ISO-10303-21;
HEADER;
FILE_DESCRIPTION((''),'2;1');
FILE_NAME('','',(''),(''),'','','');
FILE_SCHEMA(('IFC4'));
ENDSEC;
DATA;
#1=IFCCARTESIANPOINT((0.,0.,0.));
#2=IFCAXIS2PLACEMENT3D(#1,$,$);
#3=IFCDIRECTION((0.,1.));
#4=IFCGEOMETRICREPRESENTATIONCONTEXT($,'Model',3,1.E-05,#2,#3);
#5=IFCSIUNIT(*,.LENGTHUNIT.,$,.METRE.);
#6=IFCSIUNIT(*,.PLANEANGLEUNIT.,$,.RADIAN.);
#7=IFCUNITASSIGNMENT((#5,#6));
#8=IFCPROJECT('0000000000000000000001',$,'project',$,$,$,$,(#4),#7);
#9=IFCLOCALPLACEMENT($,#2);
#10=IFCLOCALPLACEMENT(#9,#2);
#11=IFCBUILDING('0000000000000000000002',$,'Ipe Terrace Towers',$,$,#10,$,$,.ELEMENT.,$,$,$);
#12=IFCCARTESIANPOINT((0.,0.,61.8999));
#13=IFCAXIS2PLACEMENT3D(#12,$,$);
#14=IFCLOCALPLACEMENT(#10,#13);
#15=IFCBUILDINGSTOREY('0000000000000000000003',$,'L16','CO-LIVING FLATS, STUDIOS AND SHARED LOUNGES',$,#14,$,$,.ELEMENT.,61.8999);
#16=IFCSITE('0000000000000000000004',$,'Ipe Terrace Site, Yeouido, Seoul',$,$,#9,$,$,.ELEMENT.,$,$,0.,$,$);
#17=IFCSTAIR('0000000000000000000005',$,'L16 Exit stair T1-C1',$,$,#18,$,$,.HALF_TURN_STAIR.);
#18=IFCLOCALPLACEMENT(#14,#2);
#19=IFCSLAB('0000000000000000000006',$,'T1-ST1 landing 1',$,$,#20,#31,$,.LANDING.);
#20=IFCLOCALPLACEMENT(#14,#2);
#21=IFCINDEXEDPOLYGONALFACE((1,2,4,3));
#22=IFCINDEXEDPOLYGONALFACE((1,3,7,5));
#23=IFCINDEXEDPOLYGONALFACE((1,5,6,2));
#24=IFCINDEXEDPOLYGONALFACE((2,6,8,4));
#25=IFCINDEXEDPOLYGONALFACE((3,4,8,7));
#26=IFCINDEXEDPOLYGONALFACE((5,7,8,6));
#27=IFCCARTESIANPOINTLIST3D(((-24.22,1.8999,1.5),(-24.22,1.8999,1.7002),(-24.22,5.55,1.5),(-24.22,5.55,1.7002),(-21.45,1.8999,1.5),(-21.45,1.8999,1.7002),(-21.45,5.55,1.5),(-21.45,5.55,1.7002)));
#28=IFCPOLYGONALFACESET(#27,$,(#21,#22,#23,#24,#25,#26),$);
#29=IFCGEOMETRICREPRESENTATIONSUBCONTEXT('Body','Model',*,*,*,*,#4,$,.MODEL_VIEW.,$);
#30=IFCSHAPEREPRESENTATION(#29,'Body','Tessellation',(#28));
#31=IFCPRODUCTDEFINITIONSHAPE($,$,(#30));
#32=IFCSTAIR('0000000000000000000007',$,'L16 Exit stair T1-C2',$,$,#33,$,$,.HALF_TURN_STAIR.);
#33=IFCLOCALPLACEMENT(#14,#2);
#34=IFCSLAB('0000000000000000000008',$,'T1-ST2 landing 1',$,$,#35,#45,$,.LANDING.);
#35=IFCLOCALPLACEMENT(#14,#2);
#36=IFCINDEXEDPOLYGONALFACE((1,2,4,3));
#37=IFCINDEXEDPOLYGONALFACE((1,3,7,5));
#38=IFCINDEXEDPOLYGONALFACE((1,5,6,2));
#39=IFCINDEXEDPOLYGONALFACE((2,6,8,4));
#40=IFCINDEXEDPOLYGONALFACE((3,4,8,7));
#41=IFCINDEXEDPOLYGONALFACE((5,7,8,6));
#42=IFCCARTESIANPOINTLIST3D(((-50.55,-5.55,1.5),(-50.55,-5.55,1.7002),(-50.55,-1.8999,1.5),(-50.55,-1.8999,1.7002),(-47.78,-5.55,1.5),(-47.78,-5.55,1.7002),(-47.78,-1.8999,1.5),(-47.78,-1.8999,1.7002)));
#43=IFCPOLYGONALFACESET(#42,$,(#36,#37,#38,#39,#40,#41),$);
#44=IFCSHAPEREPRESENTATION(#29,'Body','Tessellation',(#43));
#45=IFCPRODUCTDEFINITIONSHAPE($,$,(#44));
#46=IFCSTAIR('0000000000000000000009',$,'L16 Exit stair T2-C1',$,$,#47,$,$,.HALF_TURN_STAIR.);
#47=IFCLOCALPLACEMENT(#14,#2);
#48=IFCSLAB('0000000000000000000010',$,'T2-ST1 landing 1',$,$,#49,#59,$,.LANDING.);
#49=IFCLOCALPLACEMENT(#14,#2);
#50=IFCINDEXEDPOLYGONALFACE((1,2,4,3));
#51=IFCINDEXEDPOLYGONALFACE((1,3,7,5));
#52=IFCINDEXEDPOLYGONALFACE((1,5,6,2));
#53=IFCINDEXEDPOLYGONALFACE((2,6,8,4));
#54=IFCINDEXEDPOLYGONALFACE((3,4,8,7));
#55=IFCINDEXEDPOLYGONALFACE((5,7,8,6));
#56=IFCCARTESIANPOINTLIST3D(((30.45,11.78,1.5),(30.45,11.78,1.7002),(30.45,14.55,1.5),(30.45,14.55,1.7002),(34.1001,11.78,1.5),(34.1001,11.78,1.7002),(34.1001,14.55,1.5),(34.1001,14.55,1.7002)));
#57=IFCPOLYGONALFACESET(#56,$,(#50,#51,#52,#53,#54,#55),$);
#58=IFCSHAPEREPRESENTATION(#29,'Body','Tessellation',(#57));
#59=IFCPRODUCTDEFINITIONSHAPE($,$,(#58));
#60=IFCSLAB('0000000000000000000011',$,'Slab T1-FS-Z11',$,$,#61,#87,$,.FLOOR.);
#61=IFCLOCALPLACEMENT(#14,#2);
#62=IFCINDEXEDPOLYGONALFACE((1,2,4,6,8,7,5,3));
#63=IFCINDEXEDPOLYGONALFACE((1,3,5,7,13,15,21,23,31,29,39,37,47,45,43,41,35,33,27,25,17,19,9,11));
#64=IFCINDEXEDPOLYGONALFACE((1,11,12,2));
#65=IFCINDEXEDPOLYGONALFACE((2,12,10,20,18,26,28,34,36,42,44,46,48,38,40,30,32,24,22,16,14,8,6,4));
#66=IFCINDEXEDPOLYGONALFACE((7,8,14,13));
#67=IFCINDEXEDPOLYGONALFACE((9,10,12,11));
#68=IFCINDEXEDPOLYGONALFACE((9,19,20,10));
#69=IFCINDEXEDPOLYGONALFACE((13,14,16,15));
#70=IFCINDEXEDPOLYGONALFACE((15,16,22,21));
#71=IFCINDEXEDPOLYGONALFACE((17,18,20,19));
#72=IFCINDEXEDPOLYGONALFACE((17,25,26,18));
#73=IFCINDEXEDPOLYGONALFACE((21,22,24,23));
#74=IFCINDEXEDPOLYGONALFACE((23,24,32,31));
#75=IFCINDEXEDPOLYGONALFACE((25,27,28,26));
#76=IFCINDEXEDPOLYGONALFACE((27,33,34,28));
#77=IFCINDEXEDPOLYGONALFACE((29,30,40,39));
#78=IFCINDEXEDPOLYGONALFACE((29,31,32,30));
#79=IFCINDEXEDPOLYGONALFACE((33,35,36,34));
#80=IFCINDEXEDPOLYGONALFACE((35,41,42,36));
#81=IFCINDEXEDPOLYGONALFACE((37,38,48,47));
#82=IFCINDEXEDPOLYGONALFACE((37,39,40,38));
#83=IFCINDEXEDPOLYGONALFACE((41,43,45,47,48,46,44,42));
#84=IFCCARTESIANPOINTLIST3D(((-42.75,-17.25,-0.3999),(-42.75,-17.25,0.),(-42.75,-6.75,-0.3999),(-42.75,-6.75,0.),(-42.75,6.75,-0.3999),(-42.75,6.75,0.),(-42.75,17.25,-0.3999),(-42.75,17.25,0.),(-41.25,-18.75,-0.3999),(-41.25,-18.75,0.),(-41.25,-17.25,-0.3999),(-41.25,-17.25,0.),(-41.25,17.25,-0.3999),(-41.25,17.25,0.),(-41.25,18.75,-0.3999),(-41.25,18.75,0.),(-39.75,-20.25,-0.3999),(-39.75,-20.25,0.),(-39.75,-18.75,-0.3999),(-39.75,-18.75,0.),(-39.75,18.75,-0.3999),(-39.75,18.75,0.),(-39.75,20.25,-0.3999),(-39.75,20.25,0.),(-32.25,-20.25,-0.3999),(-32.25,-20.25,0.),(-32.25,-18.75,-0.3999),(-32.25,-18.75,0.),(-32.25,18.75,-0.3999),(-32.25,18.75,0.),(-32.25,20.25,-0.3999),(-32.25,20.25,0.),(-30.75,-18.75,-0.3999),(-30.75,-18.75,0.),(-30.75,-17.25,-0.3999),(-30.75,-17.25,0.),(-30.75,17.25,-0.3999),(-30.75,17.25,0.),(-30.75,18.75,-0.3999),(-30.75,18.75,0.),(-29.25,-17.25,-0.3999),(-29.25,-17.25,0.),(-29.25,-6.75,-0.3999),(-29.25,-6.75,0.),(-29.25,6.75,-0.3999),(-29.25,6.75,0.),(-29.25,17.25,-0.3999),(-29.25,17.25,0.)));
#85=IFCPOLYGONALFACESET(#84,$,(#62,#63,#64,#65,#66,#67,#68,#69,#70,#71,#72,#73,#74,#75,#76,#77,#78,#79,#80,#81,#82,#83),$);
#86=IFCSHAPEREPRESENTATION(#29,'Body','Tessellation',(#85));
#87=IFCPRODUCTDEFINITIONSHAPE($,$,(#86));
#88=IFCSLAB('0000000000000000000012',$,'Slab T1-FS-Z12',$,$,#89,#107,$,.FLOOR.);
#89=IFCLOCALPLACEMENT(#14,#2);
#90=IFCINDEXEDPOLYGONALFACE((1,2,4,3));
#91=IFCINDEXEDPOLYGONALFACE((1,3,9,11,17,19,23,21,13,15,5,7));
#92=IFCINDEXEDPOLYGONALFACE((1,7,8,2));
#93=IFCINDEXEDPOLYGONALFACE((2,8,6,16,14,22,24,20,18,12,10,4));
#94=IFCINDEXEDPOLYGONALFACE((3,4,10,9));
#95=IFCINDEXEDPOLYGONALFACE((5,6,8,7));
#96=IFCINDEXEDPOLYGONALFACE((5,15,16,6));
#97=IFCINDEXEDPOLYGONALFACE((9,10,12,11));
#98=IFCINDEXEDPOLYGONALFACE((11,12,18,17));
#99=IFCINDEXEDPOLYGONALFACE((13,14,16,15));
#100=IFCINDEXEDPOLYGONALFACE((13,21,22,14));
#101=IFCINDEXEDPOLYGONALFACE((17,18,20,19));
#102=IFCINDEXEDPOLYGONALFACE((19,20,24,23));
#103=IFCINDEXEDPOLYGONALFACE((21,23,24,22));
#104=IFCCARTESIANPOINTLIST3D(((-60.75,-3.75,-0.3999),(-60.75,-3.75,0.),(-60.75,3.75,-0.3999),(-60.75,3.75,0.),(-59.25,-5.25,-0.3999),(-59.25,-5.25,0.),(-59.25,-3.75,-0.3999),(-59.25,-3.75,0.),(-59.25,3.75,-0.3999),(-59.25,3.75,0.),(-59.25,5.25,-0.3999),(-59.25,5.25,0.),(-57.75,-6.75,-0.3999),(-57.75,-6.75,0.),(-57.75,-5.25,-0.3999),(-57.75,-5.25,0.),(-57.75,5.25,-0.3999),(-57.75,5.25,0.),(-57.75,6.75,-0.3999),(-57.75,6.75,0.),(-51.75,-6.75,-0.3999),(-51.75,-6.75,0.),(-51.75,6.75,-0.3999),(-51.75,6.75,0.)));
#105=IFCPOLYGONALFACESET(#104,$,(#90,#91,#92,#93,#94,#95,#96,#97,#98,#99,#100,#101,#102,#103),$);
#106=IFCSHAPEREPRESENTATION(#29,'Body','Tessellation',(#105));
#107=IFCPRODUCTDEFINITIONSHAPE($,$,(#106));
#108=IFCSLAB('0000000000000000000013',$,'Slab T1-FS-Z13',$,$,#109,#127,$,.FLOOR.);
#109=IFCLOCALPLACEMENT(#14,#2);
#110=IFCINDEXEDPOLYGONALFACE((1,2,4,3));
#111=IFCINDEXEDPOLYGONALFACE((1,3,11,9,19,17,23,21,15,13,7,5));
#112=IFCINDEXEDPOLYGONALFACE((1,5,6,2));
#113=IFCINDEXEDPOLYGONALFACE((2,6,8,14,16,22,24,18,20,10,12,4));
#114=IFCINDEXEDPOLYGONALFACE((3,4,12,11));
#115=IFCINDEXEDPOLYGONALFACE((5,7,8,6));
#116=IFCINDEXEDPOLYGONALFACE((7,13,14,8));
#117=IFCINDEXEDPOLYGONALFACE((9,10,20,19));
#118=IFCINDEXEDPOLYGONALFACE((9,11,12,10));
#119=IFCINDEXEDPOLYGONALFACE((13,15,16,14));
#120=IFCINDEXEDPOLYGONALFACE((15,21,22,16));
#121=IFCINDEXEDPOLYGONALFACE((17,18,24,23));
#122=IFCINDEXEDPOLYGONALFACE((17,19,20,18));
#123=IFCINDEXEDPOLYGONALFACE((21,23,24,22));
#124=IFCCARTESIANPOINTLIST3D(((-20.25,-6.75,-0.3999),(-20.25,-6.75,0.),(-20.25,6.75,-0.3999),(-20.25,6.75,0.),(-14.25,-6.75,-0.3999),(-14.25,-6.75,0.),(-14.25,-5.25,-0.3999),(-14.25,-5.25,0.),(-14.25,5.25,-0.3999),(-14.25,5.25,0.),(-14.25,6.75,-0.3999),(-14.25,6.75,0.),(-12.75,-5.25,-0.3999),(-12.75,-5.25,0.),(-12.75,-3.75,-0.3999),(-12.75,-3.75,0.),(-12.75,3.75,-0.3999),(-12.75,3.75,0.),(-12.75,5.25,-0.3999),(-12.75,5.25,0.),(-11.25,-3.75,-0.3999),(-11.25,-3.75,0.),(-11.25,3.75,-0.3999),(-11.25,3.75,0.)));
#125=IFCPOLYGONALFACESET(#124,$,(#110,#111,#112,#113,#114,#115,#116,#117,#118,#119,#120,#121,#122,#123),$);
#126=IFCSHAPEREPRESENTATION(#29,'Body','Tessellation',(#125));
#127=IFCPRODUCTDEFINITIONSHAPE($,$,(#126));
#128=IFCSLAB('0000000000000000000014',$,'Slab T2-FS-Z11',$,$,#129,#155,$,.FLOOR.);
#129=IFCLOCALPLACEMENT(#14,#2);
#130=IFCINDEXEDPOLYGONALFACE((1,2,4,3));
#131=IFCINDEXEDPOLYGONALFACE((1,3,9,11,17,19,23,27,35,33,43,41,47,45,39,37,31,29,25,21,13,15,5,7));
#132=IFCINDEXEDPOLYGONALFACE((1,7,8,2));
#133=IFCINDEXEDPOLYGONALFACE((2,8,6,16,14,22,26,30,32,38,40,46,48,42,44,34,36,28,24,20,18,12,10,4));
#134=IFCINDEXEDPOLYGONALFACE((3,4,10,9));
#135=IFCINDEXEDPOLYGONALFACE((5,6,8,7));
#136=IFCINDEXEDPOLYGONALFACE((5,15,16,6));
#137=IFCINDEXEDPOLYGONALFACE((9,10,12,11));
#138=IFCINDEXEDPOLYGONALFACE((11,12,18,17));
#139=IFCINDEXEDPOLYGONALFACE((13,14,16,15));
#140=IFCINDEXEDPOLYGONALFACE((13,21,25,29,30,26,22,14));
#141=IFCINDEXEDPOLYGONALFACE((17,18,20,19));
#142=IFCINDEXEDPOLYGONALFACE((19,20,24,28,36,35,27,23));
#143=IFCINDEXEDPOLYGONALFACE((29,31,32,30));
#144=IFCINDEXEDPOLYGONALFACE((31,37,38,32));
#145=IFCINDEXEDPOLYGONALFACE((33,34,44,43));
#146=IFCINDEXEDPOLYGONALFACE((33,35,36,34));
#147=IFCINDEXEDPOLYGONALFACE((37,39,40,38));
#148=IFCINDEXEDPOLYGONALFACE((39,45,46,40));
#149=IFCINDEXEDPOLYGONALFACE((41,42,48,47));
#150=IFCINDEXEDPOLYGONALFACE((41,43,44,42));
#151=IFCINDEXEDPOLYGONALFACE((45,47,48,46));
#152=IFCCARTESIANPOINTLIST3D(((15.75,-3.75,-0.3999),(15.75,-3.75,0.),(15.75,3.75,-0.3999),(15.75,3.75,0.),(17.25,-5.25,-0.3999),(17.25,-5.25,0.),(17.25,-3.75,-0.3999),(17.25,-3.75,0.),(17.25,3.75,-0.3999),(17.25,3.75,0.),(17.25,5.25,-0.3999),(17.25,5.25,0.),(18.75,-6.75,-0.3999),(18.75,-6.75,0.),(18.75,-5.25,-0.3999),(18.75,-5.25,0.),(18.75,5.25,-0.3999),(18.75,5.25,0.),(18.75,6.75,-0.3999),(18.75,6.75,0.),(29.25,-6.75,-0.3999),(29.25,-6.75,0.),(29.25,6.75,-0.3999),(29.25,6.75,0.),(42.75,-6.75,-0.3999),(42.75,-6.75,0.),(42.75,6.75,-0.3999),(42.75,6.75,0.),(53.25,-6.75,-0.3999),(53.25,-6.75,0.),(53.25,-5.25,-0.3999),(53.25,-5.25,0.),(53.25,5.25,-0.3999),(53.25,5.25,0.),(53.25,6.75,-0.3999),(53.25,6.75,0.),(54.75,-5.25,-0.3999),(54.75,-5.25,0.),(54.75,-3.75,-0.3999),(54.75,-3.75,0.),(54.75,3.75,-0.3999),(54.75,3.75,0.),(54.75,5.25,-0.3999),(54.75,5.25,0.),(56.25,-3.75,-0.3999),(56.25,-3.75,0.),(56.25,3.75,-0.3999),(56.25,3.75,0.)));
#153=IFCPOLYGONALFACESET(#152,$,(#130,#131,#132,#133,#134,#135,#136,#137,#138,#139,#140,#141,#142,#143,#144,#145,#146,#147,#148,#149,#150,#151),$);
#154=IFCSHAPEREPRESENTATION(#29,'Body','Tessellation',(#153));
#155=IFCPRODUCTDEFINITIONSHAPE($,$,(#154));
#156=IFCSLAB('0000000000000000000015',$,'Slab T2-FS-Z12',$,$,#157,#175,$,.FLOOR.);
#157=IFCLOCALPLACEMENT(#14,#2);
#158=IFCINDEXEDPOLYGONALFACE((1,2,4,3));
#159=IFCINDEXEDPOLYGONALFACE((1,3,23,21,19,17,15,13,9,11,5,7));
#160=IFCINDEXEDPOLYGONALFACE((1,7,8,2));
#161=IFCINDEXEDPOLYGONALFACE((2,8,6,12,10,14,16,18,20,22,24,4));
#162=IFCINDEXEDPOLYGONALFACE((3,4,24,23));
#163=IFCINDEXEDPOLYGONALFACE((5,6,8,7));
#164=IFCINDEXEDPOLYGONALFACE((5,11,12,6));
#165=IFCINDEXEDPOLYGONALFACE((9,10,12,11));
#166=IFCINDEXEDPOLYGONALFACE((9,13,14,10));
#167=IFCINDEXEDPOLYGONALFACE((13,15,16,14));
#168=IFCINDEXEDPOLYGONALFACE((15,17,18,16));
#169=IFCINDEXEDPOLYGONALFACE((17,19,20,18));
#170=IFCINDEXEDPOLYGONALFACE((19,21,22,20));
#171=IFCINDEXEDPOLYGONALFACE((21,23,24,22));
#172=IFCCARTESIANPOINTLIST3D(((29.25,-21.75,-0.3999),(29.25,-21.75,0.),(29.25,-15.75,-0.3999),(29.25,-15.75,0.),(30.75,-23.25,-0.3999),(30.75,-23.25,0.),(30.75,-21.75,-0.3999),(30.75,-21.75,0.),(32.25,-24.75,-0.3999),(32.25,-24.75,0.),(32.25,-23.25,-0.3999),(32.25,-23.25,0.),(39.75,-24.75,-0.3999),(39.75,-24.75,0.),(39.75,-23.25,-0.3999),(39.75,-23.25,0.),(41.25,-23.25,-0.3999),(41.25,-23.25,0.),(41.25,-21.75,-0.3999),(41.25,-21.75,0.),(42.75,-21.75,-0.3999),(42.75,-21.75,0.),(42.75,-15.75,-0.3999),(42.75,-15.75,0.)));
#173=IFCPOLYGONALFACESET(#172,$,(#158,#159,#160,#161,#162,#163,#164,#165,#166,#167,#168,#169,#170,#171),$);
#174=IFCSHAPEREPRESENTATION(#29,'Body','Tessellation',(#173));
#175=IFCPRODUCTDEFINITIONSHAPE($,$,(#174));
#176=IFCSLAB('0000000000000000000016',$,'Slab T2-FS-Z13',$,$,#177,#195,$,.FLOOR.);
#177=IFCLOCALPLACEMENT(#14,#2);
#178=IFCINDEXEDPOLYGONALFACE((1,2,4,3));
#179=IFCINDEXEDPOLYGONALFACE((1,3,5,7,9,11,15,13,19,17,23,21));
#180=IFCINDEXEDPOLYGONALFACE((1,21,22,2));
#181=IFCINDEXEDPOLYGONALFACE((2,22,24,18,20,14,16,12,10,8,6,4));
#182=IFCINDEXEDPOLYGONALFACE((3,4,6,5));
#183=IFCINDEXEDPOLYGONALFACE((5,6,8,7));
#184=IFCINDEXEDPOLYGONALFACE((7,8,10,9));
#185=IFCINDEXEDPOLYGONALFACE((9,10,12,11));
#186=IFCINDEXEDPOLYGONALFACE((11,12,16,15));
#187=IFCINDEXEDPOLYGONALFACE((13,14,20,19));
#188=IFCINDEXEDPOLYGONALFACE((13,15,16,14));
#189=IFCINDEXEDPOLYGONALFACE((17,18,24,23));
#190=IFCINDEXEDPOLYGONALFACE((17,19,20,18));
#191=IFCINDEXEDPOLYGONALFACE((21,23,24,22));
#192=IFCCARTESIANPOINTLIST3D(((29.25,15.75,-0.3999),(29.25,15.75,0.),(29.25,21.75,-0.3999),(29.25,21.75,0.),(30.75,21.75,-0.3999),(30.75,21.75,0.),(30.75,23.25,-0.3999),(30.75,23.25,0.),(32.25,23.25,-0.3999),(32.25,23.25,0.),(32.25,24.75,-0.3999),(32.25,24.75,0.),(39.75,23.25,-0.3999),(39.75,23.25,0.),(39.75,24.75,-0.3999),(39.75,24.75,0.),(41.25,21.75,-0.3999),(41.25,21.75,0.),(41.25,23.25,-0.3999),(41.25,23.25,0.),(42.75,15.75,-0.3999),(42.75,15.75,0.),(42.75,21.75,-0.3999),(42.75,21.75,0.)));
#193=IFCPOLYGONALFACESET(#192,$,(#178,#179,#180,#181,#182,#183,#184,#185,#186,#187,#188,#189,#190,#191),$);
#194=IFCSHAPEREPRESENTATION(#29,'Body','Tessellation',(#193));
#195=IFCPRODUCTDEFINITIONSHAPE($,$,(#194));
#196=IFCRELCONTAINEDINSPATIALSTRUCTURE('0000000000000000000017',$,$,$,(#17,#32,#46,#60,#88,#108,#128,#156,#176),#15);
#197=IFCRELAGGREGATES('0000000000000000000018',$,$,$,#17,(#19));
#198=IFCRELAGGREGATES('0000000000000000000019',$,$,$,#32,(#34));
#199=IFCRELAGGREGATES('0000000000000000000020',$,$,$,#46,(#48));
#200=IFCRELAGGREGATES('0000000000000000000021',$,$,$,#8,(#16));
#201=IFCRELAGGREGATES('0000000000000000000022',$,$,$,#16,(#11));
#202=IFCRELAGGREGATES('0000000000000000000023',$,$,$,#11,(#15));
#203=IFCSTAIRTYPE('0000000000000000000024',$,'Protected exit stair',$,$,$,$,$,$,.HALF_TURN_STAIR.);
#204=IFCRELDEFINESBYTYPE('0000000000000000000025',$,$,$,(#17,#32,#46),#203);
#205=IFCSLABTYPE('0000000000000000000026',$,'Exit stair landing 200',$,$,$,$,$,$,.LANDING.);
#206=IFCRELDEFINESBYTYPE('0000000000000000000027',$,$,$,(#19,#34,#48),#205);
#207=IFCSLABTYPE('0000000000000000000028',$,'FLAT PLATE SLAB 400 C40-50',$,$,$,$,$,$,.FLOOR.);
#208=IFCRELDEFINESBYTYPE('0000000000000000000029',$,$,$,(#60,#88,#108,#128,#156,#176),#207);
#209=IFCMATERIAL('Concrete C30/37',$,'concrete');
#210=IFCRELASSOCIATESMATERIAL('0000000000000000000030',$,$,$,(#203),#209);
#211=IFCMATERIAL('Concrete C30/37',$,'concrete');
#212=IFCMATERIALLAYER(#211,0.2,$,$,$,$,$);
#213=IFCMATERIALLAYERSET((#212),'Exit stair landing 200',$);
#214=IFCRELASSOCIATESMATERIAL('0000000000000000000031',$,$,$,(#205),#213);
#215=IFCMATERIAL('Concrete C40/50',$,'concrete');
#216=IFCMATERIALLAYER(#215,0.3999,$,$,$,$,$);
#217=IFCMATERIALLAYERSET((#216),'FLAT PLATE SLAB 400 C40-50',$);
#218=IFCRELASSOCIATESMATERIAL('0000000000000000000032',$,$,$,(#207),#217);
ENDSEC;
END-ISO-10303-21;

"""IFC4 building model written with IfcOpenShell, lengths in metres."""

from ifc_helpers import new_model, si_unit, direction, frame, origin, place, context, subcontext, project, spatial, polyline, outline, extrude, material, layer, layer_set, type_object, element, aggregate, save


model = new_model("IFC4")

# Units and contexts
model_context = context("Model", 3, precision=1e-05, world=origin(), true_north=direction((0.0, 1.0)))
body_context = subcontext(model_context, "Body", "Model", "MODEL_VIEW")
ifc_project = project(units=[si_unit("LENGTHUNIT", "METRE"), si_unit("PLANEANGLEUNIT", "RADIAN")], contexts=[model_context])

# Site, building, storey
site_placement = place(None, origin())
site = spatial("IfcSite", under=ifc_project, at=site_placement, Name="Ipe Terrace Site, Yeouido, Seoul", CompositionType="ELEMENT", RefElevation=0.0)
building_placement = place(site_placement, origin())
building = spatial("IfcBuilding", under=site, at=building_placement, Name="Ipe Terrace Towers", CompositionType="ELEMENT")
storey_placement = place(building_placement, frame((0.0, 0.0, 61.8999)))
storey = spatial("IfcBuildingStorey", under=building, at=storey_placement, Name="L16", Description="CO-LIVING FLATS, STUDIOS AND SHARED LOUNGES", CompositionType="ELEMENT", Elevation=61.8999)

# Stairs, slabs
ifc_material_1 = material(Name="Concrete C30/37", Category="concrete")
stair_type = type_object("IfcStairType", Name="Protected exit stair", PredefinedType="HALF_TURN_STAIR", material=ifc_material_1)
stair_1_placement = place(storey_placement, origin())
stair_1 = element("IfcStair", 1, at=stair_1_placement, inside=storey, type_object=stair_type, Name="L16 Exit stair T1-C1", PredefinedType="HALF_TURN_STAIR")
ifc_material_2 = material(Name="Concrete C30/37", Category="concrete")
ifc_layer_1 = layer(ifc_material_2, 0.2)
ifc_layer_set_1 = layer_set([ifc_layer_1], Name="Exit stair landing 200")
slab_type_1 = type_object("IfcSlabType", Name="Exit stair landing 200", PredefinedType="LANDING", material=ifc_layer_set_1)
slab_1_placement = place(storey_placement, frame((0.0, 0.0, 1.5)))
slab_1 = element("IfcSlab", 2, at=slab_1_placement, type_object=slab_type_1, Name="T1-ST1 landing 1", PredefinedType="LANDING", context=body_context, shape_type="SweptSolid", body=[
    extrude(outline(polyline([(-24.22, 1.8999), (-21.45, 1.8999), (-21.45, 5.55), (-24.22, 5.55), (-24.22, 1.8999)])), origin(), (0.0, 0.0, 1.0), 0.2002),
])
aggregate(stair_1, [slab_1])
stair_2_placement = place(storey_placement, origin())
stair_2 = element("IfcStair", 3, at=stair_2_placement, inside=storey, type_object=stair_type, Name="L16 Exit stair T1-C2", PredefinedType="HALF_TURN_STAIR")
slab_2_placement = place(storey_placement, frame((0.0, 0.0, 1.5)))
slab_2 = element("IfcSlab", 4, at=slab_2_placement, type_object=slab_type_1, Name="T1-ST2 landing 1", PredefinedType="LANDING", context=body_context, shape_type="SweptSolid", body=[
    extrude(outline(polyline([(-47.78, -1.8999), (-50.55, -1.8999), (-50.55, -5.55), (-47.78, -5.55), (-47.78, -1.8999)])), origin(), (0.0, 0.0, 1.0), 0.2002),
])
aggregate(stair_2, [slab_2])
stair_3_placement = place(storey_placement, origin())
stair_3 = element("IfcStair", 5, at=stair_3_placement, inside=storey, type_object=stair_type, Name="L16 Exit stair T2-C1", PredefinedType="HALF_TURN_STAIR")
slab_3_placement = place(storey_placement, frame((0.0, 0.0, 1.5)))
slab_3 = element("IfcSlab", 6, at=slab_3_placement, type_object=slab_type_1, Name="T2-ST1 landing 1", PredefinedType="LANDING", context=body_context, shape_type="SweptSolid", body=[
    extrude(outline(polyline([(34.1001, 11.78), (34.1001, 14.55), (30.45, 14.55), (30.45, 11.78), (34.1001, 11.78)])), origin(), (0.0, 0.0, 1.0), 0.2002),
])
aggregate(stair_3, [slab_3])

# Slabs
ifc_material_3 = material(Name="Concrete C40/50", Category="concrete")
ifc_layer_2 = layer(ifc_material_3, 0.3999)
ifc_layer_set_2 = layer_set([ifc_layer_2], Name="FLAT PLATE SLAB 400 C40-50")
slab_type_2 = type_object("IfcSlabType", Name="FLAT PLATE SLAB 400 C40-50", PredefinedType="FLOOR", material=ifc_layer_set_2)
slab_4_placement = place(storey_placement, frame((0.0, 0.0, -0.3999)))
element("IfcSlab", 7, at=slab_4_placement, inside=storey, type_object=slab_type_2, Name="Slab T1-FS-Z11", PredefinedType="FLOOR", context=body_context, shape_type="SweptSolid", body=[
    extrude(outline(polyline([(-30.75, -17.25), (-30.75, -18.75), (-32.25, -18.75), (-32.25, -20.25), (-39.75, -20.25), (-39.75, -18.75), (-41.25, -18.75), (-41.25, -17.25), (-42.75, -17.25), (-42.75, -6.75), (-42.75, 6.75), (-42.75, 17.25), (-41.25, 17.25), (-41.25, 18.75), (-39.75, 18.75), (-39.75, 20.25), (-32.25, 20.25), (-32.25, 18.75), (-30.75, 18.75), (-30.75, 17.25), (-29.25, 17.25), (-29.25, 6.75), (-29.25, -6.75), (-29.25, -17.25), (-30.75, -17.25)])), origin(), (0.0, 0.0, 1.0), 0.3999),
])
slab_5_placement = place(storey_placement, frame((0.0, 0.0, -0.3999)))
element("IfcSlab", 8, at=slab_5_placement, inside=storey, type_object=slab_type_2, Name="Slab T1-FS-Z12", PredefinedType="FLOOR", context=body_context, shape_type="SweptSolid", body=[
    extrude(outline(polyline([(-57.75, -6.75), (-57.75, -5.25), (-59.25, -5.25), (-59.25, -3.75), (-60.75, -3.75), (-60.75, 3.75), (-59.25, 3.75), (-59.25, 5.25), (-57.75, 5.25), (-57.75, 6.75), (-51.75, 6.75), (-51.75, -6.75), (-57.75, -6.75)])), origin(), (0.0, 0.0, 1.0), 0.3999),
])
slab_6_placement = place(storey_placement, frame((0.0, 0.0, -0.3999)))
element("IfcSlab", 9, at=slab_6_placement, inside=storey, type_object=slab_type_2, Name="Slab T1-FS-Z13", PredefinedType="FLOOR", context=body_context, shape_type="SweptSolid", body=[
    extrude(outline(polyline([(-14.25, 5.25), (-12.75, 5.25), (-12.75, 3.75), (-11.25, 3.75), (-11.25, -3.75), (-12.75, -3.75), (-12.75, -5.25), (-14.25, -5.25), (-14.25, -6.75), (-20.25, -6.75), (-20.25, 6.75), (-14.25, 6.75), (-14.25, 5.25)])), origin(), (0.0, 0.0, 1.0), 0.3999),
])
slab_7_placement = place(storey_placement, frame((0.0, 0.0, -0.3999)))
element("IfcSlab", 10, at=slab_7_placement, inside=storey, type_object=slab_type_2, Name="Slab T2-FS-Z11", PredefinedType="FLOOR", context=body_context, shape_type="SweptSolid", body=[
    extrude(outline(polyline([(53.25, 5.25), (54.75, 5.25), (54.75, 3.75), (56.25, 3.75), (56.25, -3.75), (54.75, -3.75), (54.75, -5.25), (53.25, -5.25), (53.25, -6.75), (42.75, -6.75), (29.25, -6.75), (18.75, -6.75), (18.75, -5.25), (17.25, -5.25), (17.25, -3.75), (15.75, -3.75), (15.75, 3.75), (17.25, 3.75), (17.25, 5.25), (18.75, 5.25), (18.75, 6.75), (29.25, 6.75), (42.75, 6.75), (53.25, 6.75), (53.25, 5.25)])), origin(), (0.0, 0.0, 1.0), 0.3999),
])
slab_8_placement = place(storey_placement, frame((0.0, 0.0, -0.3999)))
element("IfcSlab", 11, at=slab_8_placement, inside=storey, type_object=slab_type_2, Name="Slab T2-FS-Z12", PredefinedType="FLOOR", context=body_context, shape_type="SweptSolid", body=[
    extrude(outline(polyline([(42.75, -21.75), (41.25, -21.75), (41.25, -23.25), (39.75, -23.25), (39.75, -24.75), (32.25, -24.75), (32.25, -23.25), (30.75, -23.25), (30.75, -21.75), (29.25, -21.75), (29.25, -15.75), (42.75, -15.75), (42.75, -21.75)])), origin(), (0.0, 0.0, 1.0), 0.3999),
])
slab_9_placement = place(storey_placement, frame((0.0, 0.0, -0.3999)))
element("IfcSlab", 12, at=slab_9_placement, inside=storey, type_object=slab_type_2, Name="Slab T2-FS-Z13", PredefinedType="FLOOR", context=body_context, shape_type="SweptSolid", body=[
    extrude(outline(polyline([(30.75, 21.75), (30.75, 23.25), (32.25, 23.25), (32.25, 24.75), (39.75, 24.75), (39.75, 23.25), (41.25, 23.25), (41.25, 21.75), (42.75, 21.75), (42.75, 15.75), (29.25, 15.75), (29.25, 21.75), (30.75, 21.75)])), origin(), (0.0, 0.0, 1.0), 0.3999),
])

save(model, "model.ifc")
